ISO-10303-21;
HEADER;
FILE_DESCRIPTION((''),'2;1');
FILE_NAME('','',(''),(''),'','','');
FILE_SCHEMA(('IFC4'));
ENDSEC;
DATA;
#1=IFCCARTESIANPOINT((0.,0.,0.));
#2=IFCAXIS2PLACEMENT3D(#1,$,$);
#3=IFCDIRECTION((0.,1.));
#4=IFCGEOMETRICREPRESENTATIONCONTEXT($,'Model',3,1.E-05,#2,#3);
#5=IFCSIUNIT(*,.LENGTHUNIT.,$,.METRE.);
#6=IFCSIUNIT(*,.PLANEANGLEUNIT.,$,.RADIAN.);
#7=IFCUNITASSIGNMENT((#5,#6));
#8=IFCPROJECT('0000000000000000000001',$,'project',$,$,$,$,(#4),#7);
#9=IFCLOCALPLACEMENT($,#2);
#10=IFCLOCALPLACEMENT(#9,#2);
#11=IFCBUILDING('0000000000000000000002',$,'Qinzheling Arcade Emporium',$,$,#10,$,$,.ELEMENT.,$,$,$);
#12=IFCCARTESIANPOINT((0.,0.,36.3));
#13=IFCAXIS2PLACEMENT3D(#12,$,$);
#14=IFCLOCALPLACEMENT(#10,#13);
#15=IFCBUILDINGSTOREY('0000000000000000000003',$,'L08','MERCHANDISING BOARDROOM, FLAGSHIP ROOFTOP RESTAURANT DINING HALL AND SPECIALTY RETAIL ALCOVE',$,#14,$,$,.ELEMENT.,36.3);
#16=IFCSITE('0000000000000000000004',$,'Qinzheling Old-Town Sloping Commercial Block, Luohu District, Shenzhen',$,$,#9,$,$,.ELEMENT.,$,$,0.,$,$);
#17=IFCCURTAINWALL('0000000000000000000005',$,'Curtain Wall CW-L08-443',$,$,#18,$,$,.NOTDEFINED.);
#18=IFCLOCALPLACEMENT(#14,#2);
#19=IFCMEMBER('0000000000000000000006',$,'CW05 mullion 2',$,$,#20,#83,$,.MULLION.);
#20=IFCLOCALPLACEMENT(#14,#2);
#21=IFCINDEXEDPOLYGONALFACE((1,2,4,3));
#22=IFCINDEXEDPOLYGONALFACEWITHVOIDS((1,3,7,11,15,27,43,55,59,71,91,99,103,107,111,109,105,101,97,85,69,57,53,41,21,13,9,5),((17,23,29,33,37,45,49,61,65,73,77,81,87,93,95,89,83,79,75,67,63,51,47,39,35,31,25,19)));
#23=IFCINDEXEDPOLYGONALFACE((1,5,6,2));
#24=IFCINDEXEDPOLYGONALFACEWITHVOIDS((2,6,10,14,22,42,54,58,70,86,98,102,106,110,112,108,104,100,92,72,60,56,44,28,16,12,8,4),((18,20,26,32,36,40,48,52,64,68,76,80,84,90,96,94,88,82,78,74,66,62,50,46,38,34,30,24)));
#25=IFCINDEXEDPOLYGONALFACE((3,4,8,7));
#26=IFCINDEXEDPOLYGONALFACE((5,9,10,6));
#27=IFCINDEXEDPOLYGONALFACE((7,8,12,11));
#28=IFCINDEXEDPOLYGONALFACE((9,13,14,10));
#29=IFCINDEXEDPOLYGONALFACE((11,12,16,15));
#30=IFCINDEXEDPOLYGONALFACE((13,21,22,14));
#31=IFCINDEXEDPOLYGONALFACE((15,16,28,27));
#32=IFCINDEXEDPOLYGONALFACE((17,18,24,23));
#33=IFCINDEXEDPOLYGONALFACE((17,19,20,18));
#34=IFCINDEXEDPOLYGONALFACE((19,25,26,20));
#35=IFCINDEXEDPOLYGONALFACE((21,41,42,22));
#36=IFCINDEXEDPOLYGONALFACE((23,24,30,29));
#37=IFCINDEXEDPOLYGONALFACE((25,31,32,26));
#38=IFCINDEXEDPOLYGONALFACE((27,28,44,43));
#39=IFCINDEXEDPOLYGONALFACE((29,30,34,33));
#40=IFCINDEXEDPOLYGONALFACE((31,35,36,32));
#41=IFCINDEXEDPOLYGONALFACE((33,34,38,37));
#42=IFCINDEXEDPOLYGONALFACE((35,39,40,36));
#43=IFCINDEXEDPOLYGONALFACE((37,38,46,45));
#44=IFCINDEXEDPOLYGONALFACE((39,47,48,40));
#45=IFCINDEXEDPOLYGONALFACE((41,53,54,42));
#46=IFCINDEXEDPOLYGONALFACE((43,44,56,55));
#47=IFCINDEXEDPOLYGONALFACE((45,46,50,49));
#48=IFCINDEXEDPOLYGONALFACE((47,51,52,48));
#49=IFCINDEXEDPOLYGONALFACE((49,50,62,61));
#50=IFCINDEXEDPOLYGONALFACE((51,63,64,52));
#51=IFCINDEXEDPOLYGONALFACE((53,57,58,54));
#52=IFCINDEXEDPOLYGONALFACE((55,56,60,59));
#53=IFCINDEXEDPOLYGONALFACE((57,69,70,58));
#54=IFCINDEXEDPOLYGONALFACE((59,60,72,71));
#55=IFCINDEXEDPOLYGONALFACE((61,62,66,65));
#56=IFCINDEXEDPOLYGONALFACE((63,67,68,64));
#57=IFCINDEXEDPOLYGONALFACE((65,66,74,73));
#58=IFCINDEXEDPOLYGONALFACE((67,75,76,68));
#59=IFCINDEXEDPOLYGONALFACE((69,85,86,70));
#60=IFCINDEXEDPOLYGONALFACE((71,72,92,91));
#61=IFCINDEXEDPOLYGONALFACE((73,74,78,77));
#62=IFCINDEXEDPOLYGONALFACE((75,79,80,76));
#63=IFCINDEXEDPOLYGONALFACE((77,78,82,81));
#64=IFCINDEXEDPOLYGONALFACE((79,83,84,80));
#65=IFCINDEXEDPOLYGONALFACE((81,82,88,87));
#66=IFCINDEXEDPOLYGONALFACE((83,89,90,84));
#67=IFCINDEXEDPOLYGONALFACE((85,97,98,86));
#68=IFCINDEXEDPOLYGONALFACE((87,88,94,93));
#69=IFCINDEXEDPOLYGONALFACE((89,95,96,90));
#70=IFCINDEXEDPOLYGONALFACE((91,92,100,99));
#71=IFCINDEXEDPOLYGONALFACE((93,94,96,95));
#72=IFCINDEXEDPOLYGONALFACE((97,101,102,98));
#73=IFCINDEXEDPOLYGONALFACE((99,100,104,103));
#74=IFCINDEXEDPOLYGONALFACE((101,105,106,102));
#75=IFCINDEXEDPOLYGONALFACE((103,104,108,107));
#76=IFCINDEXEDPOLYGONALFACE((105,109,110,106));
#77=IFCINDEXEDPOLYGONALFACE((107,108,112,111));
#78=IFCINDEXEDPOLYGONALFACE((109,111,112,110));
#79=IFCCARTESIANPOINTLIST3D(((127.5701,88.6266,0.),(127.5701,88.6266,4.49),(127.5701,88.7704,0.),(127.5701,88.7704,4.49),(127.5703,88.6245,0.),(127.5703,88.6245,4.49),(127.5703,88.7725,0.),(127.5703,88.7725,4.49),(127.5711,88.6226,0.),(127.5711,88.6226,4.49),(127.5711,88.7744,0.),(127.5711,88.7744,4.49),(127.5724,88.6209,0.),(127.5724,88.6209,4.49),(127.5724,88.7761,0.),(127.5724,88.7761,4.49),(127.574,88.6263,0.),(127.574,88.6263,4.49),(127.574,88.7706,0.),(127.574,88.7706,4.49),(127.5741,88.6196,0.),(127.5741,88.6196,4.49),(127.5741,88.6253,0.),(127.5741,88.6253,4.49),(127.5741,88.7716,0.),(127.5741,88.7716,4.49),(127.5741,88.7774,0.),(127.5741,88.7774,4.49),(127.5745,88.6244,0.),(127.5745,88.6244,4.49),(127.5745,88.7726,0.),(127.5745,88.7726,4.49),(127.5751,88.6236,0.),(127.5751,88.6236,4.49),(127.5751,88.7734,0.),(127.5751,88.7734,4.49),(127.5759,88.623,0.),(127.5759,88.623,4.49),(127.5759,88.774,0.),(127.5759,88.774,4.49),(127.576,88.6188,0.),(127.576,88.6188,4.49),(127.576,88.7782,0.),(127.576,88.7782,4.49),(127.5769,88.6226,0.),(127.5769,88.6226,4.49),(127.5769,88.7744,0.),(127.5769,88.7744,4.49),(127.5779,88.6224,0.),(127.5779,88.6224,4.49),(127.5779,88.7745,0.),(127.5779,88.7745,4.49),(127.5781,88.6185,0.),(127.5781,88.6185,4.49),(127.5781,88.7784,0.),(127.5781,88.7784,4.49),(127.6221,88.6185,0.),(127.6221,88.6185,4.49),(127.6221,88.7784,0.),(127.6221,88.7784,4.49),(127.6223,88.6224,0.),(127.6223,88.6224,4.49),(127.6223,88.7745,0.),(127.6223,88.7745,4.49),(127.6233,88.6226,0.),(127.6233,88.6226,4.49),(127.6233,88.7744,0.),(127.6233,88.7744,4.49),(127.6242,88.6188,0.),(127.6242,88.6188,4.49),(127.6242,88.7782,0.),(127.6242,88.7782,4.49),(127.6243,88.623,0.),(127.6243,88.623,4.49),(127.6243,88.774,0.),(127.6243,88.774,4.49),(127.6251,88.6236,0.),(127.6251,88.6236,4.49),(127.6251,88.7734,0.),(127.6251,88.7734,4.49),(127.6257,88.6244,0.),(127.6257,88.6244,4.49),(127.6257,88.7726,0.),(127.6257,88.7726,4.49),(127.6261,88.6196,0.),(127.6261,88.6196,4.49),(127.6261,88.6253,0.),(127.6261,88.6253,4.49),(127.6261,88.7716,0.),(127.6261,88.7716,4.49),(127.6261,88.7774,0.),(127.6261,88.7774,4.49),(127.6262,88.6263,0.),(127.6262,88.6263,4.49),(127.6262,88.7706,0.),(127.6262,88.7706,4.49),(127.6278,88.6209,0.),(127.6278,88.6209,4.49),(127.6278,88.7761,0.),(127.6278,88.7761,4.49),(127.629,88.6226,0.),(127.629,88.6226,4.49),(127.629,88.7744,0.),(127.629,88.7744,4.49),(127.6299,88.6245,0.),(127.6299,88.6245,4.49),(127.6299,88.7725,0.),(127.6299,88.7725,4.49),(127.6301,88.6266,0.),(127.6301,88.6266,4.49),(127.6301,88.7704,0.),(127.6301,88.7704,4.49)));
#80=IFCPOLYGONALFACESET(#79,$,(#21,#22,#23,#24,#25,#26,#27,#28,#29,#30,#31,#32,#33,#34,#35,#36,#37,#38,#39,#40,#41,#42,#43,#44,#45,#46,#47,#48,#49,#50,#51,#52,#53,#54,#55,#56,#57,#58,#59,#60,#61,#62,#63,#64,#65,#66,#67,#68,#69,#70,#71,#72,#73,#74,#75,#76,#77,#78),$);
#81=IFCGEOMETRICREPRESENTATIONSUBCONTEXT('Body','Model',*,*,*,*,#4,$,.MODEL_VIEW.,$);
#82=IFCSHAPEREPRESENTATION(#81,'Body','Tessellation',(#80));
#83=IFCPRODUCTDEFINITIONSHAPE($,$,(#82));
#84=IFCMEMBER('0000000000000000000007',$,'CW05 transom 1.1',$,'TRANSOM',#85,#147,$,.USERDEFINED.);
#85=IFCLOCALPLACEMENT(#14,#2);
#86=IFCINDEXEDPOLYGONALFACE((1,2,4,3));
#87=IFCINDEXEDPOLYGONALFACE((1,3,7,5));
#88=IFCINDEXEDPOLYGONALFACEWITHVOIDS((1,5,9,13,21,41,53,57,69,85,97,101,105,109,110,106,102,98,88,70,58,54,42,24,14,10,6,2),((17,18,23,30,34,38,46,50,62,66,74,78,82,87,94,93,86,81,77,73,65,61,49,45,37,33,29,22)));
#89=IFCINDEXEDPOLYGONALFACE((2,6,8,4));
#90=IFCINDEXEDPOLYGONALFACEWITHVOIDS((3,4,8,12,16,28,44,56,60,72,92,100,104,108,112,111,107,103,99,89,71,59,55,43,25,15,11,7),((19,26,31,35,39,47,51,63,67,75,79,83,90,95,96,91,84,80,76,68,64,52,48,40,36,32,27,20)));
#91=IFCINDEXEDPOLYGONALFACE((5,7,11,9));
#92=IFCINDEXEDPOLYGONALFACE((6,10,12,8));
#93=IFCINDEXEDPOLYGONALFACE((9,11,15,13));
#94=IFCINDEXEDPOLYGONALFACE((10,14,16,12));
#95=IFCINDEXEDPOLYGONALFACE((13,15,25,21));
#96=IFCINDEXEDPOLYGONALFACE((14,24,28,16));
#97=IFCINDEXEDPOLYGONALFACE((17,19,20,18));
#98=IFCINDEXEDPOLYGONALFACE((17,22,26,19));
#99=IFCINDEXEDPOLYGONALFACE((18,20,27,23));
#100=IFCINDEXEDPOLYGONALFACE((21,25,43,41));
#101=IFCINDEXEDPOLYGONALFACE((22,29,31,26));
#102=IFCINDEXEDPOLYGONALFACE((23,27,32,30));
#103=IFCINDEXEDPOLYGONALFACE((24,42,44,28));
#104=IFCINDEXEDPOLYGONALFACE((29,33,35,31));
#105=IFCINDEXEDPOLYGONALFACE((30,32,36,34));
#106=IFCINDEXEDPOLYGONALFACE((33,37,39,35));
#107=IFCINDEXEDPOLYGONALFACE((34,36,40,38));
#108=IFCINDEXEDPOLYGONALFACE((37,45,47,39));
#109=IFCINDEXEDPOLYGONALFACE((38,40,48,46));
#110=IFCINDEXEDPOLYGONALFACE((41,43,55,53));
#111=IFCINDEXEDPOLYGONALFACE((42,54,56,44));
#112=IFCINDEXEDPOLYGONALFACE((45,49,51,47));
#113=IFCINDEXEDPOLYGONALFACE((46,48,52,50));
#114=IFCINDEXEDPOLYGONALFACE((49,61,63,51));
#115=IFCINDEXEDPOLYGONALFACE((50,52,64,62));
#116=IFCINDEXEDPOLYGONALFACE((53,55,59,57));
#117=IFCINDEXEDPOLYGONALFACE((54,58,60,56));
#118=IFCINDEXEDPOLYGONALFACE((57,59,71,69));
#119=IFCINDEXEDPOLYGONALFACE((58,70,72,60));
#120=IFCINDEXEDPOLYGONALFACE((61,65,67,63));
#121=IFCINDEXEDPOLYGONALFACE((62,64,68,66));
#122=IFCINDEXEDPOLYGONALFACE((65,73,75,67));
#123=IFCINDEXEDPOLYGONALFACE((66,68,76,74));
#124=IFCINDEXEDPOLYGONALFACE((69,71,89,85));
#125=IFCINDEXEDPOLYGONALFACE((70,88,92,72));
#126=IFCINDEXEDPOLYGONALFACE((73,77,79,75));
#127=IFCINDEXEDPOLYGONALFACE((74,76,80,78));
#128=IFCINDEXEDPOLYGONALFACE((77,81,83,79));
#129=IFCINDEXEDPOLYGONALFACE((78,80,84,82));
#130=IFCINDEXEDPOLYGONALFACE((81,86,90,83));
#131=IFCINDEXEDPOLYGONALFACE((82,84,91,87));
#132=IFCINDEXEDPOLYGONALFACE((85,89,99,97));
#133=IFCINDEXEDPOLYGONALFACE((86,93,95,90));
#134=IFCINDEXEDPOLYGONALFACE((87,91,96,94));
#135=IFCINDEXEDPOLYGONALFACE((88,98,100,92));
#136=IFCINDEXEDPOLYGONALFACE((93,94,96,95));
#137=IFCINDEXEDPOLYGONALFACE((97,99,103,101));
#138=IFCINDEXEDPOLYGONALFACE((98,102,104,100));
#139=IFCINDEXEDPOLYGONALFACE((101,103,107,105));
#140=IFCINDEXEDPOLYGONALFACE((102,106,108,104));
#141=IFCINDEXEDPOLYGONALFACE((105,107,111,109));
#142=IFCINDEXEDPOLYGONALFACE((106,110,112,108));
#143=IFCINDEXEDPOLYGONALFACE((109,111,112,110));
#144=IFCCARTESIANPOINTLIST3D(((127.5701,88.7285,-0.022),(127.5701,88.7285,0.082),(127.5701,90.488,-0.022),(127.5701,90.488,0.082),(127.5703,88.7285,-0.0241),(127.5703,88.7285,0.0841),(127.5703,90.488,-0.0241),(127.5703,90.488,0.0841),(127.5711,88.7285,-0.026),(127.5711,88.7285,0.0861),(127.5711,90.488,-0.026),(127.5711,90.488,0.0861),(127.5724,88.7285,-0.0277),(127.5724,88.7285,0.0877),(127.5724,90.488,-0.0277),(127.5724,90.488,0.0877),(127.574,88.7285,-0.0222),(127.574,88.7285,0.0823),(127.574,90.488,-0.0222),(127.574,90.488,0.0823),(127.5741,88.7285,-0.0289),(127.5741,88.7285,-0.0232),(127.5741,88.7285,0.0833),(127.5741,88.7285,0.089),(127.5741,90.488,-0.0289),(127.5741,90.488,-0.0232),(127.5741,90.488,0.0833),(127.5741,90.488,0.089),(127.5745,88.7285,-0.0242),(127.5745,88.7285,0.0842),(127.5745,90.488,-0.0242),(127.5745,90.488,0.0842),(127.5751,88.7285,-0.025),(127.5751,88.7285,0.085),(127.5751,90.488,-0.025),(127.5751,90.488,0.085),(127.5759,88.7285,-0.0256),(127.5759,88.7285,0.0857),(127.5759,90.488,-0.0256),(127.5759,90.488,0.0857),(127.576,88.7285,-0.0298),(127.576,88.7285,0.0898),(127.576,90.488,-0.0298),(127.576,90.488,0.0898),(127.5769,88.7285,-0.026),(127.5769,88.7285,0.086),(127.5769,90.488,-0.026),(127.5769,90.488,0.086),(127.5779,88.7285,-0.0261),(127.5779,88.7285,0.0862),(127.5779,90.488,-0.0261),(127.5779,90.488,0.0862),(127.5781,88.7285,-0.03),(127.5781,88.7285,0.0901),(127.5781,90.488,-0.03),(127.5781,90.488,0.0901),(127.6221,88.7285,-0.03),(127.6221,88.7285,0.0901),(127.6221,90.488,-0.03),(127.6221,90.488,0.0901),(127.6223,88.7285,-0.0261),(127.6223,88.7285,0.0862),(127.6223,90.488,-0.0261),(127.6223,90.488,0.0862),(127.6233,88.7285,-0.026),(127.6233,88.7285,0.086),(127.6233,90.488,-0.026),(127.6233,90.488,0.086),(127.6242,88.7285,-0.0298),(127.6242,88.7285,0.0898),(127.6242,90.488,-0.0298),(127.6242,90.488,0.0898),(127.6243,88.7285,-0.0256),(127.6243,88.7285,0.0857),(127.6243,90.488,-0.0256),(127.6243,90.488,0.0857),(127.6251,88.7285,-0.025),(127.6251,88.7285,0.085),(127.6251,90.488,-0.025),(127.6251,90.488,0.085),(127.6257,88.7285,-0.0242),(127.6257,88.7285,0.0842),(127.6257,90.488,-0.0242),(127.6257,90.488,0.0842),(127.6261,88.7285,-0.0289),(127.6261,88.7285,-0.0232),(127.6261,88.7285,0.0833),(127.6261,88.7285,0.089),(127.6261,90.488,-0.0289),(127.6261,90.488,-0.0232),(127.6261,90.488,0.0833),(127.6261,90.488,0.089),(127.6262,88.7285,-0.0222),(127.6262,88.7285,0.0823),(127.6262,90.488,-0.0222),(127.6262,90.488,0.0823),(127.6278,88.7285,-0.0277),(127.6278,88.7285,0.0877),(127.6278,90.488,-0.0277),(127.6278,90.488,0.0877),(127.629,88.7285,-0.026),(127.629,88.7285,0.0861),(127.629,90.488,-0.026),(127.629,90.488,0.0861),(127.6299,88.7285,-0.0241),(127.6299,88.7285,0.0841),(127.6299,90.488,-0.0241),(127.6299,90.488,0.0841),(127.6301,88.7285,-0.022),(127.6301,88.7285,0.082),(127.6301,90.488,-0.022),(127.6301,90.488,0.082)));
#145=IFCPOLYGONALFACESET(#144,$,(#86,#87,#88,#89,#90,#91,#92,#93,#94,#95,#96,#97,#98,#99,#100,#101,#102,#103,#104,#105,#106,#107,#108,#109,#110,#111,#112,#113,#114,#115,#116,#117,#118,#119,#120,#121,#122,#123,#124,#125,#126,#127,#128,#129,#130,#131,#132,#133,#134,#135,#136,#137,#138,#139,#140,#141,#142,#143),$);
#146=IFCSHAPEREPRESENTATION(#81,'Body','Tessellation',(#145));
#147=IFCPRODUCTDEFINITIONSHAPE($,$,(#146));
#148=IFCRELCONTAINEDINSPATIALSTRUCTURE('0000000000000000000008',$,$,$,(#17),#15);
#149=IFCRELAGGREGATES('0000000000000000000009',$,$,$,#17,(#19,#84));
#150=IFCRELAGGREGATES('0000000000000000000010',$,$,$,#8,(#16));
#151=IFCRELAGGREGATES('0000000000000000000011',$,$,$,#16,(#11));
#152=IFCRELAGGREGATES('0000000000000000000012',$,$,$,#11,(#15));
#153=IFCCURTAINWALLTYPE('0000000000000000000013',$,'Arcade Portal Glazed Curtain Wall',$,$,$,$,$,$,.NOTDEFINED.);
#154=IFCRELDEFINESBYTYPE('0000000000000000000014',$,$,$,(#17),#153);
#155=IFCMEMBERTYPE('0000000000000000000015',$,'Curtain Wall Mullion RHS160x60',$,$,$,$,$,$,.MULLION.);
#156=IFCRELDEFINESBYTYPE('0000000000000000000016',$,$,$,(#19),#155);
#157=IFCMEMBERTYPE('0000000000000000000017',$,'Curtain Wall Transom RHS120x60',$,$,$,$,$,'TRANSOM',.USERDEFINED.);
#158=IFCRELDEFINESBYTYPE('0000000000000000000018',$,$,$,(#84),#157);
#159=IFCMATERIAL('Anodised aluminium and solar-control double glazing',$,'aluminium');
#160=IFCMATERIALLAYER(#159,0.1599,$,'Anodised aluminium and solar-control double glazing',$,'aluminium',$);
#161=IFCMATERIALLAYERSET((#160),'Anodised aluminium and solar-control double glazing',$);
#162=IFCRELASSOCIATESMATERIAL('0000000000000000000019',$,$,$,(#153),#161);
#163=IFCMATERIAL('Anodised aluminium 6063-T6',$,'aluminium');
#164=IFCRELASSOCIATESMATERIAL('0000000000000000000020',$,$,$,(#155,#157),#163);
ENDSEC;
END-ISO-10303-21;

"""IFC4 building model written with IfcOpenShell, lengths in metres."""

from ifc_helpers import new_model, si_unit, direction, frame, origin, origin_2d, place, context, subcontext, project, spatial, hollow_rectangle, extrude, material, layer, layer_set, material_profile, profile_set, type_object, element, aggregate, save


model = new_model("IFC4")

# Units and contexts
model_context = context("Model", 3, precision=1e-05, world=origin(), true_north=direction((0.0, 1.0)))
body_context = subcontext(model_context, "Body", "Model", "MODEL_VIEW")
ifc_project = project(units=[si_unit("LENGTHUNIT", "METRE"), si_unit("PLANEANGLEUNIT", "RADIAN")], contexts=[model_context])

# Site, building, storey
site_placement = place(None, origin())
site = spatial("IfcSite", under=ifc_project, at=site_placement, Name="Qinzheling Old-Town Sloping Commercial Block, Luohu District, Shenzhen", CompositionType="ELEMENT", RefElevation=0.0)
building_placement = place(site_placement, origin())
building = spatial("IfcBuilding", under=site, at=building_placement, Name="Qinzheling Arcade Emporium", CompositionType="ELEMENT")
storey_placement = place(building_placement, frame((0.0, 0.0, 36.3)))
storey = spatial("IfcBuildingStorey", under=building, at=storey_placement, Name="L08", Description="MERCHANDISING BOARDROOM, FLAGSHIP ROOFTOP RESTAURANT DINING HALL AND SPECIALTY RETAIL ALCOVE", CompositionType="ELEMENT", Elevation=36.3)

# Curtain wall, members
ifc_material_1 = material(Name="Anodised aluminium and solar-control double glazing", Category="aluminium")
ifc_layer_1 = layer(ifc_material_1, 0.1599, Name="Anodised aluminium and solar-control double glazing", Category="aluminium")
ifc_layer_set_1 = layer_set([ifc_layer_1], Name="Anodised aluminium and solar-control double glazing")
curtain_wall_type = type_object("IfcCurtainWallType", Name="Arcade Portal Glazed Curtain Wall", PredefinedType="NOTDEFINED", material=ifc_layer_set_1)
curtain_wall_placement = place(storey_placement, origin())
curtain_wall = element("IfcCurtainWall", 1, at=curtain_wall_placement, inside=storey, type_object=curtain_wall_type, Name="Curtain Wall CW-L08-443", PredefinedType="NOTDEFINED")
ifc_material_2 = material(Name="Anodised aluminium 6063-T6", Category="aluminium")
ifc_material_profile_1 = material_profile(ifc_material_2, hollow_rectangle(XDim=0.0601, YDim=0.1599, WallThickness=0.0039, InnerFilletRadius=0.0039, OuterFilletRadius=0.0081, at=origin_2d()), Name="RHS 160x60x4", Category="aluminium")
ifc_profile_set_1 = profile_set([ifc_material_profile_1], Name="Anodised aluminium 6063-T6")
member_type_1 = type_object("IfcMemberType", Name="Curtain Wall Mullion RHS160x60", PredefinedType="MULLION", material=ifc_profile_set_1)
member_1_placement = place(storey_placement, frame((127.6001, 88.6985, 0.0), z_axis=(0.0, 0.0, 1.0), x_axis=(1.0, 0.0, 0.0)))
member_1 = element("IfcMember", 2, at=member_1_placement, type_object=member_type_1, Name="CW05 mullion 2", PredefinedType="MULLION", context=body_context, shape_type="SweptSolid", body=[
    extrude(hollow_rectangle(XDim=0.0601, YDim=0.1599, WallThickness=0.0039, InnerFilletRadius=0.0039, OuterFilletRadius=0.0081, at=origin_2d()), origin(), (0.0, 0.0, 1.0), 4.49),
])
ifc_material_profile_2 = material_profile(ifc_material_2, hollow_rectangle(XDim=0.0601, YDim=0.1201, WallThickness=0.0039, InnerFilletRadius=0.0039, OuterFilletRadius=0.0081, at=origin_2d()), Name="RHS 120x60x4", Category="aluminium")
ifc_profile_set_2 = profile_set([ifc_material_profile_2], Name="Anodised aluminium 6063-T6")
member_type_2 = type_object("IfcMemberType", Name="Curtain Wall Transom RHS120x60", ElementType="TRANSOM", PredefinedType="USERDEFINED", material=ifc_profile_set_2)
member_2_placement = place(storey_placement, frame((127.6001, 90.488, 0.03), z_axis=(0.0, -1.0, 0.0), x_axis=(1.0, 0.0, 0.0)))
member_2 = element("IfcMember", 3, at=member_2_placement, type_object=member_type_2, Name="CW05 transom 1.1", ObjectType="TRANSOM", PredefinedType="USERDEFINED", context=body_context, shape_type="SweptSolid", body=[
    extrude(hollow_rectangle(XDim=0.0601, YDim=0.1201, WallThickness=0.0039, InnerFilletRadius=0.0039, OuterFilletRadius=0.0081, at=origin_2d()), origin(), (0.0, 0.0, 1.0), 1.7595),
])

aggregate(curtain_wall, [member_1, member_2])

save(model, "model.ifc")
